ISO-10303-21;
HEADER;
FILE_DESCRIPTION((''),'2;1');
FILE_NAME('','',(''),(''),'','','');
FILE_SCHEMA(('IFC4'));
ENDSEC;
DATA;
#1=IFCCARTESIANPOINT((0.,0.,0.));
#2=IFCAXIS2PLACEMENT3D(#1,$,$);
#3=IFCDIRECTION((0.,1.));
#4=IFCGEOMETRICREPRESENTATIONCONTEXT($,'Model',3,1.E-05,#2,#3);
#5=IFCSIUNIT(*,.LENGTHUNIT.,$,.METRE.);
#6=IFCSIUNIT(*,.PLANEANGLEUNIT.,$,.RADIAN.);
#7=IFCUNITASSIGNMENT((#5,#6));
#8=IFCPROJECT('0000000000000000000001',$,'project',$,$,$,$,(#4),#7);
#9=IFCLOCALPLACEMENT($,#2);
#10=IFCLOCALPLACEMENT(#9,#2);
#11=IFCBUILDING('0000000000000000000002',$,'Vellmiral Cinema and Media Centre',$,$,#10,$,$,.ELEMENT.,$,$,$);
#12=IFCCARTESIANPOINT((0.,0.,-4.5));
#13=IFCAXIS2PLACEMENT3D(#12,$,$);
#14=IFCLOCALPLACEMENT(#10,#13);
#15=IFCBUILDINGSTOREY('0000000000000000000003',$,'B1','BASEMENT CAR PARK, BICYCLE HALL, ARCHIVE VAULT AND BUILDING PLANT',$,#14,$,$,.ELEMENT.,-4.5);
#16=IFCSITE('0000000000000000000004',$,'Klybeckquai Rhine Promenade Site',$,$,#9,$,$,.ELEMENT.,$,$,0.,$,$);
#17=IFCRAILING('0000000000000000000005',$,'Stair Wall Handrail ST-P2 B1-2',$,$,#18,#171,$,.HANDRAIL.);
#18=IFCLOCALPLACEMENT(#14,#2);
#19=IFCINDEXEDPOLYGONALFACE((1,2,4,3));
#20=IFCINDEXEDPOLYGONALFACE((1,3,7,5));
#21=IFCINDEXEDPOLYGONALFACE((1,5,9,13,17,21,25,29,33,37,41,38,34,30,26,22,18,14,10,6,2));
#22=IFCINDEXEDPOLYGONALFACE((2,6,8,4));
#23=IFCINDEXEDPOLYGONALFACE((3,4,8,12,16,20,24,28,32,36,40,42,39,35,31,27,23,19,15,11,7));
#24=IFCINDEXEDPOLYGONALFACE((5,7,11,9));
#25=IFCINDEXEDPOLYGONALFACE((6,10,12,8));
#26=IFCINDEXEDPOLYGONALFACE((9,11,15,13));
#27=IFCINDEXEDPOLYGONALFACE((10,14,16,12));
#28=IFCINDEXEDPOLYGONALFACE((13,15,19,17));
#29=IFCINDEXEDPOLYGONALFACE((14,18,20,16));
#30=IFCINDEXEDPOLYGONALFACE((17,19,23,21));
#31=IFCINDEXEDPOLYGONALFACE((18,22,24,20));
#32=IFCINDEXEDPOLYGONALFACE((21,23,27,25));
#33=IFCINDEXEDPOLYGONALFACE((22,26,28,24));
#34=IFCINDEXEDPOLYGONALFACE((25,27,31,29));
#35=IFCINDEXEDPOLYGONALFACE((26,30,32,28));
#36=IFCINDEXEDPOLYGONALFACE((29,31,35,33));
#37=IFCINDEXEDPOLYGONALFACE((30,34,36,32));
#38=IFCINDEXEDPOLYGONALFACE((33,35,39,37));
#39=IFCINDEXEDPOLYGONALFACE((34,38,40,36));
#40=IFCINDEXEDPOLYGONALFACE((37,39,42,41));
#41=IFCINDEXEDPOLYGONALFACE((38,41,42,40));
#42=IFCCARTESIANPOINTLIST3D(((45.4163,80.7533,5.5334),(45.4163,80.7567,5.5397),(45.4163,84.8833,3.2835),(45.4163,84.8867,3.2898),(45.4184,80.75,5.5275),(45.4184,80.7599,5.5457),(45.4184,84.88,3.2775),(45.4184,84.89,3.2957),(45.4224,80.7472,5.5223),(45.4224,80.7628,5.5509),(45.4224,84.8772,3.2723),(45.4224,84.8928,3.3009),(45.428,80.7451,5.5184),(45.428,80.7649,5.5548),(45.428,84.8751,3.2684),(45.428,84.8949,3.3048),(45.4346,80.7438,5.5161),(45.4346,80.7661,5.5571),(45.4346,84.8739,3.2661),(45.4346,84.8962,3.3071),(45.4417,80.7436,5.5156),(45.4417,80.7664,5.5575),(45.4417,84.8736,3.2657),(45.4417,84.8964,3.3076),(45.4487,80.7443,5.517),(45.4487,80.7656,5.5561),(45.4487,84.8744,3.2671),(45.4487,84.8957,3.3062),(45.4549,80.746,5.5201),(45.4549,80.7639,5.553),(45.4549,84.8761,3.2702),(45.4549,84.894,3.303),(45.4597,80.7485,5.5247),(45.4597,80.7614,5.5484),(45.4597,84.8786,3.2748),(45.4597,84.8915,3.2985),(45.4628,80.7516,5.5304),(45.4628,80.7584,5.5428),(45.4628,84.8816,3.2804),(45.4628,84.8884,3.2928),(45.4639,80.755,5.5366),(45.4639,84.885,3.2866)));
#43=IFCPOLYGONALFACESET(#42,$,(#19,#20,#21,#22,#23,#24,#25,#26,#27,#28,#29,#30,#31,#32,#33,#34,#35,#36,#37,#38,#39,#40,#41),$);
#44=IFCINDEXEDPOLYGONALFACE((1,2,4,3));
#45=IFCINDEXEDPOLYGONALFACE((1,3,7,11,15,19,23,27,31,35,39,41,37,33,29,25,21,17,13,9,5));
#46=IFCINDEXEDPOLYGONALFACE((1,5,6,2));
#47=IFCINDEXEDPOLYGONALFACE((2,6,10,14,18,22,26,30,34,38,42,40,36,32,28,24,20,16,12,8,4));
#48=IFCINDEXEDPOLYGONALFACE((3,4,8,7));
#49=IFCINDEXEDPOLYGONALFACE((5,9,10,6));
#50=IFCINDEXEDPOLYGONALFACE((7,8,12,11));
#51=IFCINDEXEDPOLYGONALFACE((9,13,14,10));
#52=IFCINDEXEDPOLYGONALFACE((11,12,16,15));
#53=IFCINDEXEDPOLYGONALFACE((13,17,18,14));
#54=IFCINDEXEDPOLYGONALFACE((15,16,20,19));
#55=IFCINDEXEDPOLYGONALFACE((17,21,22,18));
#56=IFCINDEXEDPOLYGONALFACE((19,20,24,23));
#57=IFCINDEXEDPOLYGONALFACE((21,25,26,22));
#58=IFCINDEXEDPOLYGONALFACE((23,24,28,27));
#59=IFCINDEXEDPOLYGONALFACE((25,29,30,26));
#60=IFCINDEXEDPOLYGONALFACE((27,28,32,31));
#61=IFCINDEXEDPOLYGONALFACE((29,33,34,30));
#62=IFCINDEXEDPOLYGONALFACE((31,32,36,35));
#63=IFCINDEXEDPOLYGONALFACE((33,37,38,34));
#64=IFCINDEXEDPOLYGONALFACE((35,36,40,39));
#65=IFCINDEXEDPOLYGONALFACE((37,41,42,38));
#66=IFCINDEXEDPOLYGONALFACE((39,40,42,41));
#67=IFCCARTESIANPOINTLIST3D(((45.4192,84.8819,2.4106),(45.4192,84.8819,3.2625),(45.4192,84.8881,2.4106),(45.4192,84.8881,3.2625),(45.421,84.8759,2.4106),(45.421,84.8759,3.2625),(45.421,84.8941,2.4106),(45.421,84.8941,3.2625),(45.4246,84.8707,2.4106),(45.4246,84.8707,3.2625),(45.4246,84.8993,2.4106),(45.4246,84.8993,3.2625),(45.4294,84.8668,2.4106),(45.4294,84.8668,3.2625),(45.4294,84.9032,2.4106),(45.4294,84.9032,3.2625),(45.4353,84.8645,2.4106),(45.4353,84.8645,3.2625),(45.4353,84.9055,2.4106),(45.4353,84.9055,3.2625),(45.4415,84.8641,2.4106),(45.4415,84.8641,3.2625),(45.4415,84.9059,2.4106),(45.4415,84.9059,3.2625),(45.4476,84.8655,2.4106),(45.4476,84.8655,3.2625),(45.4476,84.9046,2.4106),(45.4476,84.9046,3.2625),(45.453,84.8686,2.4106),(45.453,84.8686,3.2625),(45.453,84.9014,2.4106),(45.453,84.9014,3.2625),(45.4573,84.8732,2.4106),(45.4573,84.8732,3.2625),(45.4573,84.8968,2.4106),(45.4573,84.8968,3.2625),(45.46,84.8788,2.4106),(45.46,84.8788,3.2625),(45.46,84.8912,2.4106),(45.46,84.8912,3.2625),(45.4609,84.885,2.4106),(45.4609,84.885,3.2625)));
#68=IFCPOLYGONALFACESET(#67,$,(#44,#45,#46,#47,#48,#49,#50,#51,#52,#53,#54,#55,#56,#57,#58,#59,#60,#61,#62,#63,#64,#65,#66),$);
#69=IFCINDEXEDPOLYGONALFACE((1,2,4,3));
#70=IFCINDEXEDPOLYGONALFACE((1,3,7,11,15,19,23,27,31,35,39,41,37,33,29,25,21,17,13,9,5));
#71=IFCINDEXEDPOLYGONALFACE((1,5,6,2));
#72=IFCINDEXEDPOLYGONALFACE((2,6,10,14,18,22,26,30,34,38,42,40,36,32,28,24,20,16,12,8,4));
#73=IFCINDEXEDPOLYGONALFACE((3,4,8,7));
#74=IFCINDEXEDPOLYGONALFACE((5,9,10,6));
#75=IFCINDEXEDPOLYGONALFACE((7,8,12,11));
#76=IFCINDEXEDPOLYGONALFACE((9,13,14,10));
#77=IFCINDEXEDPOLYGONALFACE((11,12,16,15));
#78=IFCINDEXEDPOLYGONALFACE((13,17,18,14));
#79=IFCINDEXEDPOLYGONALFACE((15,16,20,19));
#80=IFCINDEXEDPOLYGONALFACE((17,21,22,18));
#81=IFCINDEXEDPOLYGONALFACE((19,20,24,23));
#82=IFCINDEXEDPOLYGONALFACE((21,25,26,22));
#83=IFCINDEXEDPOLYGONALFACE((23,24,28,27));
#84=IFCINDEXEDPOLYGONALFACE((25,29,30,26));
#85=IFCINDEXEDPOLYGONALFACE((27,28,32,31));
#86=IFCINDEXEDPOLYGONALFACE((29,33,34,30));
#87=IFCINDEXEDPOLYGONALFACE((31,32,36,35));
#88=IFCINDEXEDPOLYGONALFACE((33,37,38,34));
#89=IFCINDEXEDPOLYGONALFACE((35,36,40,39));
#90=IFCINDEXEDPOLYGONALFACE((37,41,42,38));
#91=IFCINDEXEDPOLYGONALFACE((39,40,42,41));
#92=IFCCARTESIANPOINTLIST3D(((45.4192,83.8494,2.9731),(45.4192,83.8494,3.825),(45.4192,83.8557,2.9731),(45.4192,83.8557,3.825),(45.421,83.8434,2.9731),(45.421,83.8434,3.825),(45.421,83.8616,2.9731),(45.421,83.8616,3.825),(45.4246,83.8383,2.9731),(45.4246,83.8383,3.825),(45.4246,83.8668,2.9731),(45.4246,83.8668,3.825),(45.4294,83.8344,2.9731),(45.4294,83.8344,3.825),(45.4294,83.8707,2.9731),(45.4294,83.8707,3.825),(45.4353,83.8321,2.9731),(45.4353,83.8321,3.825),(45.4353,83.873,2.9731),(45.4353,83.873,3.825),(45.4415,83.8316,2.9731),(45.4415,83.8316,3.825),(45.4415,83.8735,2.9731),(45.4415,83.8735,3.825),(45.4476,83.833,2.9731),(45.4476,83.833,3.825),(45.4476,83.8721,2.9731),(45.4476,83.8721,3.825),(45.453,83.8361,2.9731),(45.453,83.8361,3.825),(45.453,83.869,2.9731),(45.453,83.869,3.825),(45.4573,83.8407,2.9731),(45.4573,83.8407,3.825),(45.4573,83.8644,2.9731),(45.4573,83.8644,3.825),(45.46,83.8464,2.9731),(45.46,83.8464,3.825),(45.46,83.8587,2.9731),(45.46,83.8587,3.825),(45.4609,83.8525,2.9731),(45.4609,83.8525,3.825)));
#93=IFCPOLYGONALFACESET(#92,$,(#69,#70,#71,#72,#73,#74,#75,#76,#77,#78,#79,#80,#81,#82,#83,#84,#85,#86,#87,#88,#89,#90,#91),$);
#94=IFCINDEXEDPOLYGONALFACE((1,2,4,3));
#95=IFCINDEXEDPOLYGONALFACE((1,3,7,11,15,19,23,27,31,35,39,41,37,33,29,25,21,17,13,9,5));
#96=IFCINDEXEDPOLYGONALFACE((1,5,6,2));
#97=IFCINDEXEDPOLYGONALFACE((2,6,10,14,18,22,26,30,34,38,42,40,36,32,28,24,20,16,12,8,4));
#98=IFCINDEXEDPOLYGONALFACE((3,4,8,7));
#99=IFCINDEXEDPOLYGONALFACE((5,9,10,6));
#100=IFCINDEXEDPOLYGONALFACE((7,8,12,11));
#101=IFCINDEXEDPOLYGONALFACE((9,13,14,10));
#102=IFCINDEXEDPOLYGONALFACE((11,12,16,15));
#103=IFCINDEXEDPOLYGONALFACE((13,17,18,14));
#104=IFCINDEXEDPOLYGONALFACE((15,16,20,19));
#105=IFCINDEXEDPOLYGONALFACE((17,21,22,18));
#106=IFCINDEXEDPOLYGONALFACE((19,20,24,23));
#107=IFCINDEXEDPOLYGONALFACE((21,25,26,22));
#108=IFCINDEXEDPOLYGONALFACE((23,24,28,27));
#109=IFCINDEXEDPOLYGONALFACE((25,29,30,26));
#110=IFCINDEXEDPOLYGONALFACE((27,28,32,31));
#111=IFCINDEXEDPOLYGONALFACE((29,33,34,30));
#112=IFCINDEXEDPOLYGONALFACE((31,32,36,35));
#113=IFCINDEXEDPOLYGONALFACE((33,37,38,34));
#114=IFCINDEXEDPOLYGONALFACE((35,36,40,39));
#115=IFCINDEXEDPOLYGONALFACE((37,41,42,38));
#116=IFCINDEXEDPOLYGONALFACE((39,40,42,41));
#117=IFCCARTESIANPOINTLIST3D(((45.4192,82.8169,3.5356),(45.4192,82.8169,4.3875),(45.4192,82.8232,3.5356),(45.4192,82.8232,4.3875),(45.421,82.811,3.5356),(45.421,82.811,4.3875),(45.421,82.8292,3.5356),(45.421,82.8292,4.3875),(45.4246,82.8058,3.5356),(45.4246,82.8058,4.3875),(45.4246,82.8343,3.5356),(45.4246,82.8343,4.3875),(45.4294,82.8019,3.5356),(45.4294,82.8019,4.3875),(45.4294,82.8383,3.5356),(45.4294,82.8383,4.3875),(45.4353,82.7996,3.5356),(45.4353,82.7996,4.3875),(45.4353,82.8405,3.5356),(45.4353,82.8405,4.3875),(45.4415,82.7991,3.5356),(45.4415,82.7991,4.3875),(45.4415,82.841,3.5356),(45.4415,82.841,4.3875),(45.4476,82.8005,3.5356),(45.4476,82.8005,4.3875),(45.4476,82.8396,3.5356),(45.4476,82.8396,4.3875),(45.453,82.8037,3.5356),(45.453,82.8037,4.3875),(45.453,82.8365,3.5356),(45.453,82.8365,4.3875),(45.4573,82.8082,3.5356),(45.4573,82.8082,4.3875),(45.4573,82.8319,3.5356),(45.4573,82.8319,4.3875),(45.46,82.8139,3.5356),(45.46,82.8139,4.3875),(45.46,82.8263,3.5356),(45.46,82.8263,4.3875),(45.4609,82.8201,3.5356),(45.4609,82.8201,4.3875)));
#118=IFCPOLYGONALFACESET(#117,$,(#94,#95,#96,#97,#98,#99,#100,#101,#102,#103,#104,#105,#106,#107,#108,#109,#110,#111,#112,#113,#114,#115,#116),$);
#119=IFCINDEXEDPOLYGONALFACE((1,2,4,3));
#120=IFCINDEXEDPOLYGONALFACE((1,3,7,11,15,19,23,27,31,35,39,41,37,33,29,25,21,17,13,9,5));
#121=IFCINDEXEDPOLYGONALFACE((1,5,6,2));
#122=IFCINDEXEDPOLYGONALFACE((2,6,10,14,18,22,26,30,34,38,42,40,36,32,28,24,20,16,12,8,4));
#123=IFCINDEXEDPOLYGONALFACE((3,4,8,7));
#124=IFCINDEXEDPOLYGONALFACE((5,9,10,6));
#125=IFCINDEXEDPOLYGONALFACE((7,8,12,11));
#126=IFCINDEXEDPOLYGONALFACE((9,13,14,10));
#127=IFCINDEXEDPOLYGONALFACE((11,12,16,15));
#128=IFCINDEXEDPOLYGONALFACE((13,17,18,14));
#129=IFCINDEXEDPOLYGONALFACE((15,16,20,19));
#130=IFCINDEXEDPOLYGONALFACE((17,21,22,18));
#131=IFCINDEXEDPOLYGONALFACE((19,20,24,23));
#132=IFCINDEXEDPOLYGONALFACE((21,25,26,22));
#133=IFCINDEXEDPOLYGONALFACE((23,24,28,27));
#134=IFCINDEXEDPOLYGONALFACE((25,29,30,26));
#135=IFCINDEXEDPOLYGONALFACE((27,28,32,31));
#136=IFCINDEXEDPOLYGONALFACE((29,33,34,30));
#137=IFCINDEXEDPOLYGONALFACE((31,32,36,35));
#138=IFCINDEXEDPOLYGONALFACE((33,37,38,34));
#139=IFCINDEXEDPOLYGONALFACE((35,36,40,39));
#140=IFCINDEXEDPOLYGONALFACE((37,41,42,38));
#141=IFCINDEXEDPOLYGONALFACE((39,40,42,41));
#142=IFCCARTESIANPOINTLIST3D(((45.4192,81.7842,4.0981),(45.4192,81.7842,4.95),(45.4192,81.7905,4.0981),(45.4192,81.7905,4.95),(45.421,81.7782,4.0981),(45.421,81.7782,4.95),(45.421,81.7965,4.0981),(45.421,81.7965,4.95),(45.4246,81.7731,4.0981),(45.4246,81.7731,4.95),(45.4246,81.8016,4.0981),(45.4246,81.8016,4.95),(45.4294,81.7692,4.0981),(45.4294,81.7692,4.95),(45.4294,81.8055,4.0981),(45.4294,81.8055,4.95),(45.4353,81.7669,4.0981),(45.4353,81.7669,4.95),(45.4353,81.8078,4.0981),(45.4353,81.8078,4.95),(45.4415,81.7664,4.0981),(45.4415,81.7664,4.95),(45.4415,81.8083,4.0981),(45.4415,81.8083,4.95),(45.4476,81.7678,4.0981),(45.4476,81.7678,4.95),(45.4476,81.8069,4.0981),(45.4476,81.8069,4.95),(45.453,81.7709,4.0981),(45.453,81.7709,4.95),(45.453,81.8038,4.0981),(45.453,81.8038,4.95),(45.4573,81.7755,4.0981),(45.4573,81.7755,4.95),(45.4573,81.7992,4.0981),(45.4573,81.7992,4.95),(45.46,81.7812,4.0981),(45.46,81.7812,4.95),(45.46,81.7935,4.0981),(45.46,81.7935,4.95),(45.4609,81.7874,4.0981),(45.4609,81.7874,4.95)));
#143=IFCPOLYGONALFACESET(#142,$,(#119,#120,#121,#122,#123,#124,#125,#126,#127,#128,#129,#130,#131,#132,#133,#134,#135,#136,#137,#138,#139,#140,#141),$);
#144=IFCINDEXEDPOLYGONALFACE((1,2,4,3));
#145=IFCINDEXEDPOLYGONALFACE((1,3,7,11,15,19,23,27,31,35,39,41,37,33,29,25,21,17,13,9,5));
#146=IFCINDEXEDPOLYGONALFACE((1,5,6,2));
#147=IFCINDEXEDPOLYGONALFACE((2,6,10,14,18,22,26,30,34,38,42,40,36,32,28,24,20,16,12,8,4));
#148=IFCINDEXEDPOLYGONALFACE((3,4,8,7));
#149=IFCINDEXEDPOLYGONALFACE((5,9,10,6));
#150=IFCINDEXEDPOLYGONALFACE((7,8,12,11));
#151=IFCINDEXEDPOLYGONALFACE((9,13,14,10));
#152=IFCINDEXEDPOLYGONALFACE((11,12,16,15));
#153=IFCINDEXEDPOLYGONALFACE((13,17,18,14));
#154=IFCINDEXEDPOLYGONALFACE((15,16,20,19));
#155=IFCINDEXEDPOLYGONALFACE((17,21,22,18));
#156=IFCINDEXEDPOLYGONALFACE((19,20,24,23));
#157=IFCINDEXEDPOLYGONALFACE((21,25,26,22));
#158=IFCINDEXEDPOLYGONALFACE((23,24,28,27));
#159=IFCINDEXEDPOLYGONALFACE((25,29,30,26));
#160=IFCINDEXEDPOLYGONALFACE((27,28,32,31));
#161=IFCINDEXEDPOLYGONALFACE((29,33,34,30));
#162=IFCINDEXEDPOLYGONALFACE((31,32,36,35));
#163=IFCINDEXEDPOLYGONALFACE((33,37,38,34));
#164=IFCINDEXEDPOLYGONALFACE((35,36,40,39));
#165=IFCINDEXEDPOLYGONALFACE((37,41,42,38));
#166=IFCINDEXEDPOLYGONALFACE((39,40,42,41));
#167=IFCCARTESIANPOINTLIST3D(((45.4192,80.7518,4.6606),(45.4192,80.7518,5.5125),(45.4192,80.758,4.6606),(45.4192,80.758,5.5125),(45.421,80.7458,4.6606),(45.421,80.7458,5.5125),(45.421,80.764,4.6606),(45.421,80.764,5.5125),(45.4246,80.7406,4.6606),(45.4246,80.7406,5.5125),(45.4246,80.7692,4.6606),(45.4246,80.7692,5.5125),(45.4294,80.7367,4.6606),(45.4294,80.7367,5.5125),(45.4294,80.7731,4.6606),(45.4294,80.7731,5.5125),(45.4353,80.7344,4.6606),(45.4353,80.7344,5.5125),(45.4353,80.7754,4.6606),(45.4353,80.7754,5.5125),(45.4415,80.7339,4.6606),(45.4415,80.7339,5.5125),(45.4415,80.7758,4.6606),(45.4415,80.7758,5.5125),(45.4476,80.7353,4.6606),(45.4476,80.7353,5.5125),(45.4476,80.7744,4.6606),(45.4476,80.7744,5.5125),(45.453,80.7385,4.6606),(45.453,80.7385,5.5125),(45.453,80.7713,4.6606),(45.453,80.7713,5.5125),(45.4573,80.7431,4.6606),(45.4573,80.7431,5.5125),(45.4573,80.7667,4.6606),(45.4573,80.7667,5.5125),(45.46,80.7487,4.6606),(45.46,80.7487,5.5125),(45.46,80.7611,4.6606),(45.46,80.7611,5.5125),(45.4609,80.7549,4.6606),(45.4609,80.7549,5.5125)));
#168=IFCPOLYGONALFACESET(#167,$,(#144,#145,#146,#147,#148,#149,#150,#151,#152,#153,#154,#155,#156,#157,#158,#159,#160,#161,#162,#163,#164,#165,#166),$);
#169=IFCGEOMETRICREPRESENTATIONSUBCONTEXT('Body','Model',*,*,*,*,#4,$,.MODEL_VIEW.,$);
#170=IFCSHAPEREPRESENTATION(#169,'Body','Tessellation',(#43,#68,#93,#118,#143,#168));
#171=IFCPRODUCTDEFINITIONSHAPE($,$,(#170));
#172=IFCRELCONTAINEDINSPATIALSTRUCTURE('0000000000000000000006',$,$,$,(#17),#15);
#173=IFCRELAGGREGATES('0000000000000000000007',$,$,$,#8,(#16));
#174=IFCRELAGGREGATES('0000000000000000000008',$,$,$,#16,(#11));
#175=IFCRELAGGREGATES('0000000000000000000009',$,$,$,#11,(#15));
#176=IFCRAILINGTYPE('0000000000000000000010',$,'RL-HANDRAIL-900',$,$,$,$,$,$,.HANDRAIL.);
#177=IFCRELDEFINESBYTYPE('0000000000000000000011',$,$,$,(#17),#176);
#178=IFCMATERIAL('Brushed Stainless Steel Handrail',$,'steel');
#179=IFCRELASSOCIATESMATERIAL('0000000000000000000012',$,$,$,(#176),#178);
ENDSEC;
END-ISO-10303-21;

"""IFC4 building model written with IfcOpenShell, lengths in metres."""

from ifc_helpers import new_model, si_unit, direction, frame, origin, origin_2d, place, context, subcontext, project, spatial, circle, extrude, material, type_object, element, save


model = new_model("IFC4")

# Units and contexts
model_context = context("Model", 3, precision=1e-05, world=origin(), true_north=direction((0.0, 1.0)))
body_context = subcontext(model_context, "Body", "Model", "MODEL_VIEW")
ifc_project = project(units=[si_unit("LENGTHUNIT", "METRE"), si_unit("PLANEANGLEUNIT", "RADIAN")], contexts=[model_context])

# Site, building, storey
site_placement = place(None, origin())
site = spatial("IfcSite", under=ifc_project, at=site_placement, Name="Klybeckquai Rhine Promenade Site", CompositionType="ELEMENT", RefElevation=0.0)
building_placement = place(site_placement, origin())
building = spatial("IfcBuilding", under=site, at=building_placement, Name="Vellmiral Cinema and Media Centre", CompositionType="ELEMENT")
storey_placement = place(building_placement, frame((0.0, 0.0, -4.5)))
storey = spatial("IfcBuildingStorey", under=building, at=storey_placement, Name="B1", Description="BASEMENT CAR PARK, BICYCLE HALL, ARCHIVE VAULT AND BUILDING PLANT", CompositionType="ELEMENT", Elevation=-4.5)

# Railing
ifc_material_1 = material(Name="Brushed Stainless Steel Handrail", Category="steel")
railing_type_1 = type_object("IfcRailingType", Name="RL-HANDRAIL-900", PredefinedType="HANDRAIL", material=ifc_material_1)
railing_1_placement = place(storey_placement, frame((45.4399, 84.885, 2.4106)))
element("IfcRailing", 1, at=railing_1_placement, inside=storey, type_object=railing_type_1, Name="Stair Wall Handrail ST-P2 B1-2", PredefinedType="HANDRAIL", context=body_context, shape_type="SweptSolid", body=[
    extrude(circle(Radius=0.0239, at=origin_2d()), frame((0.0, 0.0, 0.876), z_axis=(0.0, -0.878145, 0.478394), x_axis=(1.0, 0.0, 0.0)), (0.0, 0.0, 1.0), 4.7031),
    extrude(circle(Radius=0.021, at=origin_2d()), origin(), (0.0, 0.0, 1.0), 0.8518),
    extrude(circle(Radius=0.021, at=origin_2d()), frame((0.0, -1.0325, 0.5625)), (0.0, 0.0, 1.0), 0.8518),
    extrude(circle(Radius=0.021, at=origin_2d()), frame((0.0, -2.0649, 1.125)), (0.0, 0.0, 1.0), 0.8518),
    extrude(circle(Radius=0.021, at=origin_2d()), frame((0.0, -3.0977, 1.6875)), (0.0, 0.0, 1.0), 0.8518),
    extrude(circle(Radius=0.021, at=origin_2d()), frame((0.0, -4.1301, 2.25)), (0.0, 0.0, 1.0), 0.8518),
])

save(model, "model.ifc")
